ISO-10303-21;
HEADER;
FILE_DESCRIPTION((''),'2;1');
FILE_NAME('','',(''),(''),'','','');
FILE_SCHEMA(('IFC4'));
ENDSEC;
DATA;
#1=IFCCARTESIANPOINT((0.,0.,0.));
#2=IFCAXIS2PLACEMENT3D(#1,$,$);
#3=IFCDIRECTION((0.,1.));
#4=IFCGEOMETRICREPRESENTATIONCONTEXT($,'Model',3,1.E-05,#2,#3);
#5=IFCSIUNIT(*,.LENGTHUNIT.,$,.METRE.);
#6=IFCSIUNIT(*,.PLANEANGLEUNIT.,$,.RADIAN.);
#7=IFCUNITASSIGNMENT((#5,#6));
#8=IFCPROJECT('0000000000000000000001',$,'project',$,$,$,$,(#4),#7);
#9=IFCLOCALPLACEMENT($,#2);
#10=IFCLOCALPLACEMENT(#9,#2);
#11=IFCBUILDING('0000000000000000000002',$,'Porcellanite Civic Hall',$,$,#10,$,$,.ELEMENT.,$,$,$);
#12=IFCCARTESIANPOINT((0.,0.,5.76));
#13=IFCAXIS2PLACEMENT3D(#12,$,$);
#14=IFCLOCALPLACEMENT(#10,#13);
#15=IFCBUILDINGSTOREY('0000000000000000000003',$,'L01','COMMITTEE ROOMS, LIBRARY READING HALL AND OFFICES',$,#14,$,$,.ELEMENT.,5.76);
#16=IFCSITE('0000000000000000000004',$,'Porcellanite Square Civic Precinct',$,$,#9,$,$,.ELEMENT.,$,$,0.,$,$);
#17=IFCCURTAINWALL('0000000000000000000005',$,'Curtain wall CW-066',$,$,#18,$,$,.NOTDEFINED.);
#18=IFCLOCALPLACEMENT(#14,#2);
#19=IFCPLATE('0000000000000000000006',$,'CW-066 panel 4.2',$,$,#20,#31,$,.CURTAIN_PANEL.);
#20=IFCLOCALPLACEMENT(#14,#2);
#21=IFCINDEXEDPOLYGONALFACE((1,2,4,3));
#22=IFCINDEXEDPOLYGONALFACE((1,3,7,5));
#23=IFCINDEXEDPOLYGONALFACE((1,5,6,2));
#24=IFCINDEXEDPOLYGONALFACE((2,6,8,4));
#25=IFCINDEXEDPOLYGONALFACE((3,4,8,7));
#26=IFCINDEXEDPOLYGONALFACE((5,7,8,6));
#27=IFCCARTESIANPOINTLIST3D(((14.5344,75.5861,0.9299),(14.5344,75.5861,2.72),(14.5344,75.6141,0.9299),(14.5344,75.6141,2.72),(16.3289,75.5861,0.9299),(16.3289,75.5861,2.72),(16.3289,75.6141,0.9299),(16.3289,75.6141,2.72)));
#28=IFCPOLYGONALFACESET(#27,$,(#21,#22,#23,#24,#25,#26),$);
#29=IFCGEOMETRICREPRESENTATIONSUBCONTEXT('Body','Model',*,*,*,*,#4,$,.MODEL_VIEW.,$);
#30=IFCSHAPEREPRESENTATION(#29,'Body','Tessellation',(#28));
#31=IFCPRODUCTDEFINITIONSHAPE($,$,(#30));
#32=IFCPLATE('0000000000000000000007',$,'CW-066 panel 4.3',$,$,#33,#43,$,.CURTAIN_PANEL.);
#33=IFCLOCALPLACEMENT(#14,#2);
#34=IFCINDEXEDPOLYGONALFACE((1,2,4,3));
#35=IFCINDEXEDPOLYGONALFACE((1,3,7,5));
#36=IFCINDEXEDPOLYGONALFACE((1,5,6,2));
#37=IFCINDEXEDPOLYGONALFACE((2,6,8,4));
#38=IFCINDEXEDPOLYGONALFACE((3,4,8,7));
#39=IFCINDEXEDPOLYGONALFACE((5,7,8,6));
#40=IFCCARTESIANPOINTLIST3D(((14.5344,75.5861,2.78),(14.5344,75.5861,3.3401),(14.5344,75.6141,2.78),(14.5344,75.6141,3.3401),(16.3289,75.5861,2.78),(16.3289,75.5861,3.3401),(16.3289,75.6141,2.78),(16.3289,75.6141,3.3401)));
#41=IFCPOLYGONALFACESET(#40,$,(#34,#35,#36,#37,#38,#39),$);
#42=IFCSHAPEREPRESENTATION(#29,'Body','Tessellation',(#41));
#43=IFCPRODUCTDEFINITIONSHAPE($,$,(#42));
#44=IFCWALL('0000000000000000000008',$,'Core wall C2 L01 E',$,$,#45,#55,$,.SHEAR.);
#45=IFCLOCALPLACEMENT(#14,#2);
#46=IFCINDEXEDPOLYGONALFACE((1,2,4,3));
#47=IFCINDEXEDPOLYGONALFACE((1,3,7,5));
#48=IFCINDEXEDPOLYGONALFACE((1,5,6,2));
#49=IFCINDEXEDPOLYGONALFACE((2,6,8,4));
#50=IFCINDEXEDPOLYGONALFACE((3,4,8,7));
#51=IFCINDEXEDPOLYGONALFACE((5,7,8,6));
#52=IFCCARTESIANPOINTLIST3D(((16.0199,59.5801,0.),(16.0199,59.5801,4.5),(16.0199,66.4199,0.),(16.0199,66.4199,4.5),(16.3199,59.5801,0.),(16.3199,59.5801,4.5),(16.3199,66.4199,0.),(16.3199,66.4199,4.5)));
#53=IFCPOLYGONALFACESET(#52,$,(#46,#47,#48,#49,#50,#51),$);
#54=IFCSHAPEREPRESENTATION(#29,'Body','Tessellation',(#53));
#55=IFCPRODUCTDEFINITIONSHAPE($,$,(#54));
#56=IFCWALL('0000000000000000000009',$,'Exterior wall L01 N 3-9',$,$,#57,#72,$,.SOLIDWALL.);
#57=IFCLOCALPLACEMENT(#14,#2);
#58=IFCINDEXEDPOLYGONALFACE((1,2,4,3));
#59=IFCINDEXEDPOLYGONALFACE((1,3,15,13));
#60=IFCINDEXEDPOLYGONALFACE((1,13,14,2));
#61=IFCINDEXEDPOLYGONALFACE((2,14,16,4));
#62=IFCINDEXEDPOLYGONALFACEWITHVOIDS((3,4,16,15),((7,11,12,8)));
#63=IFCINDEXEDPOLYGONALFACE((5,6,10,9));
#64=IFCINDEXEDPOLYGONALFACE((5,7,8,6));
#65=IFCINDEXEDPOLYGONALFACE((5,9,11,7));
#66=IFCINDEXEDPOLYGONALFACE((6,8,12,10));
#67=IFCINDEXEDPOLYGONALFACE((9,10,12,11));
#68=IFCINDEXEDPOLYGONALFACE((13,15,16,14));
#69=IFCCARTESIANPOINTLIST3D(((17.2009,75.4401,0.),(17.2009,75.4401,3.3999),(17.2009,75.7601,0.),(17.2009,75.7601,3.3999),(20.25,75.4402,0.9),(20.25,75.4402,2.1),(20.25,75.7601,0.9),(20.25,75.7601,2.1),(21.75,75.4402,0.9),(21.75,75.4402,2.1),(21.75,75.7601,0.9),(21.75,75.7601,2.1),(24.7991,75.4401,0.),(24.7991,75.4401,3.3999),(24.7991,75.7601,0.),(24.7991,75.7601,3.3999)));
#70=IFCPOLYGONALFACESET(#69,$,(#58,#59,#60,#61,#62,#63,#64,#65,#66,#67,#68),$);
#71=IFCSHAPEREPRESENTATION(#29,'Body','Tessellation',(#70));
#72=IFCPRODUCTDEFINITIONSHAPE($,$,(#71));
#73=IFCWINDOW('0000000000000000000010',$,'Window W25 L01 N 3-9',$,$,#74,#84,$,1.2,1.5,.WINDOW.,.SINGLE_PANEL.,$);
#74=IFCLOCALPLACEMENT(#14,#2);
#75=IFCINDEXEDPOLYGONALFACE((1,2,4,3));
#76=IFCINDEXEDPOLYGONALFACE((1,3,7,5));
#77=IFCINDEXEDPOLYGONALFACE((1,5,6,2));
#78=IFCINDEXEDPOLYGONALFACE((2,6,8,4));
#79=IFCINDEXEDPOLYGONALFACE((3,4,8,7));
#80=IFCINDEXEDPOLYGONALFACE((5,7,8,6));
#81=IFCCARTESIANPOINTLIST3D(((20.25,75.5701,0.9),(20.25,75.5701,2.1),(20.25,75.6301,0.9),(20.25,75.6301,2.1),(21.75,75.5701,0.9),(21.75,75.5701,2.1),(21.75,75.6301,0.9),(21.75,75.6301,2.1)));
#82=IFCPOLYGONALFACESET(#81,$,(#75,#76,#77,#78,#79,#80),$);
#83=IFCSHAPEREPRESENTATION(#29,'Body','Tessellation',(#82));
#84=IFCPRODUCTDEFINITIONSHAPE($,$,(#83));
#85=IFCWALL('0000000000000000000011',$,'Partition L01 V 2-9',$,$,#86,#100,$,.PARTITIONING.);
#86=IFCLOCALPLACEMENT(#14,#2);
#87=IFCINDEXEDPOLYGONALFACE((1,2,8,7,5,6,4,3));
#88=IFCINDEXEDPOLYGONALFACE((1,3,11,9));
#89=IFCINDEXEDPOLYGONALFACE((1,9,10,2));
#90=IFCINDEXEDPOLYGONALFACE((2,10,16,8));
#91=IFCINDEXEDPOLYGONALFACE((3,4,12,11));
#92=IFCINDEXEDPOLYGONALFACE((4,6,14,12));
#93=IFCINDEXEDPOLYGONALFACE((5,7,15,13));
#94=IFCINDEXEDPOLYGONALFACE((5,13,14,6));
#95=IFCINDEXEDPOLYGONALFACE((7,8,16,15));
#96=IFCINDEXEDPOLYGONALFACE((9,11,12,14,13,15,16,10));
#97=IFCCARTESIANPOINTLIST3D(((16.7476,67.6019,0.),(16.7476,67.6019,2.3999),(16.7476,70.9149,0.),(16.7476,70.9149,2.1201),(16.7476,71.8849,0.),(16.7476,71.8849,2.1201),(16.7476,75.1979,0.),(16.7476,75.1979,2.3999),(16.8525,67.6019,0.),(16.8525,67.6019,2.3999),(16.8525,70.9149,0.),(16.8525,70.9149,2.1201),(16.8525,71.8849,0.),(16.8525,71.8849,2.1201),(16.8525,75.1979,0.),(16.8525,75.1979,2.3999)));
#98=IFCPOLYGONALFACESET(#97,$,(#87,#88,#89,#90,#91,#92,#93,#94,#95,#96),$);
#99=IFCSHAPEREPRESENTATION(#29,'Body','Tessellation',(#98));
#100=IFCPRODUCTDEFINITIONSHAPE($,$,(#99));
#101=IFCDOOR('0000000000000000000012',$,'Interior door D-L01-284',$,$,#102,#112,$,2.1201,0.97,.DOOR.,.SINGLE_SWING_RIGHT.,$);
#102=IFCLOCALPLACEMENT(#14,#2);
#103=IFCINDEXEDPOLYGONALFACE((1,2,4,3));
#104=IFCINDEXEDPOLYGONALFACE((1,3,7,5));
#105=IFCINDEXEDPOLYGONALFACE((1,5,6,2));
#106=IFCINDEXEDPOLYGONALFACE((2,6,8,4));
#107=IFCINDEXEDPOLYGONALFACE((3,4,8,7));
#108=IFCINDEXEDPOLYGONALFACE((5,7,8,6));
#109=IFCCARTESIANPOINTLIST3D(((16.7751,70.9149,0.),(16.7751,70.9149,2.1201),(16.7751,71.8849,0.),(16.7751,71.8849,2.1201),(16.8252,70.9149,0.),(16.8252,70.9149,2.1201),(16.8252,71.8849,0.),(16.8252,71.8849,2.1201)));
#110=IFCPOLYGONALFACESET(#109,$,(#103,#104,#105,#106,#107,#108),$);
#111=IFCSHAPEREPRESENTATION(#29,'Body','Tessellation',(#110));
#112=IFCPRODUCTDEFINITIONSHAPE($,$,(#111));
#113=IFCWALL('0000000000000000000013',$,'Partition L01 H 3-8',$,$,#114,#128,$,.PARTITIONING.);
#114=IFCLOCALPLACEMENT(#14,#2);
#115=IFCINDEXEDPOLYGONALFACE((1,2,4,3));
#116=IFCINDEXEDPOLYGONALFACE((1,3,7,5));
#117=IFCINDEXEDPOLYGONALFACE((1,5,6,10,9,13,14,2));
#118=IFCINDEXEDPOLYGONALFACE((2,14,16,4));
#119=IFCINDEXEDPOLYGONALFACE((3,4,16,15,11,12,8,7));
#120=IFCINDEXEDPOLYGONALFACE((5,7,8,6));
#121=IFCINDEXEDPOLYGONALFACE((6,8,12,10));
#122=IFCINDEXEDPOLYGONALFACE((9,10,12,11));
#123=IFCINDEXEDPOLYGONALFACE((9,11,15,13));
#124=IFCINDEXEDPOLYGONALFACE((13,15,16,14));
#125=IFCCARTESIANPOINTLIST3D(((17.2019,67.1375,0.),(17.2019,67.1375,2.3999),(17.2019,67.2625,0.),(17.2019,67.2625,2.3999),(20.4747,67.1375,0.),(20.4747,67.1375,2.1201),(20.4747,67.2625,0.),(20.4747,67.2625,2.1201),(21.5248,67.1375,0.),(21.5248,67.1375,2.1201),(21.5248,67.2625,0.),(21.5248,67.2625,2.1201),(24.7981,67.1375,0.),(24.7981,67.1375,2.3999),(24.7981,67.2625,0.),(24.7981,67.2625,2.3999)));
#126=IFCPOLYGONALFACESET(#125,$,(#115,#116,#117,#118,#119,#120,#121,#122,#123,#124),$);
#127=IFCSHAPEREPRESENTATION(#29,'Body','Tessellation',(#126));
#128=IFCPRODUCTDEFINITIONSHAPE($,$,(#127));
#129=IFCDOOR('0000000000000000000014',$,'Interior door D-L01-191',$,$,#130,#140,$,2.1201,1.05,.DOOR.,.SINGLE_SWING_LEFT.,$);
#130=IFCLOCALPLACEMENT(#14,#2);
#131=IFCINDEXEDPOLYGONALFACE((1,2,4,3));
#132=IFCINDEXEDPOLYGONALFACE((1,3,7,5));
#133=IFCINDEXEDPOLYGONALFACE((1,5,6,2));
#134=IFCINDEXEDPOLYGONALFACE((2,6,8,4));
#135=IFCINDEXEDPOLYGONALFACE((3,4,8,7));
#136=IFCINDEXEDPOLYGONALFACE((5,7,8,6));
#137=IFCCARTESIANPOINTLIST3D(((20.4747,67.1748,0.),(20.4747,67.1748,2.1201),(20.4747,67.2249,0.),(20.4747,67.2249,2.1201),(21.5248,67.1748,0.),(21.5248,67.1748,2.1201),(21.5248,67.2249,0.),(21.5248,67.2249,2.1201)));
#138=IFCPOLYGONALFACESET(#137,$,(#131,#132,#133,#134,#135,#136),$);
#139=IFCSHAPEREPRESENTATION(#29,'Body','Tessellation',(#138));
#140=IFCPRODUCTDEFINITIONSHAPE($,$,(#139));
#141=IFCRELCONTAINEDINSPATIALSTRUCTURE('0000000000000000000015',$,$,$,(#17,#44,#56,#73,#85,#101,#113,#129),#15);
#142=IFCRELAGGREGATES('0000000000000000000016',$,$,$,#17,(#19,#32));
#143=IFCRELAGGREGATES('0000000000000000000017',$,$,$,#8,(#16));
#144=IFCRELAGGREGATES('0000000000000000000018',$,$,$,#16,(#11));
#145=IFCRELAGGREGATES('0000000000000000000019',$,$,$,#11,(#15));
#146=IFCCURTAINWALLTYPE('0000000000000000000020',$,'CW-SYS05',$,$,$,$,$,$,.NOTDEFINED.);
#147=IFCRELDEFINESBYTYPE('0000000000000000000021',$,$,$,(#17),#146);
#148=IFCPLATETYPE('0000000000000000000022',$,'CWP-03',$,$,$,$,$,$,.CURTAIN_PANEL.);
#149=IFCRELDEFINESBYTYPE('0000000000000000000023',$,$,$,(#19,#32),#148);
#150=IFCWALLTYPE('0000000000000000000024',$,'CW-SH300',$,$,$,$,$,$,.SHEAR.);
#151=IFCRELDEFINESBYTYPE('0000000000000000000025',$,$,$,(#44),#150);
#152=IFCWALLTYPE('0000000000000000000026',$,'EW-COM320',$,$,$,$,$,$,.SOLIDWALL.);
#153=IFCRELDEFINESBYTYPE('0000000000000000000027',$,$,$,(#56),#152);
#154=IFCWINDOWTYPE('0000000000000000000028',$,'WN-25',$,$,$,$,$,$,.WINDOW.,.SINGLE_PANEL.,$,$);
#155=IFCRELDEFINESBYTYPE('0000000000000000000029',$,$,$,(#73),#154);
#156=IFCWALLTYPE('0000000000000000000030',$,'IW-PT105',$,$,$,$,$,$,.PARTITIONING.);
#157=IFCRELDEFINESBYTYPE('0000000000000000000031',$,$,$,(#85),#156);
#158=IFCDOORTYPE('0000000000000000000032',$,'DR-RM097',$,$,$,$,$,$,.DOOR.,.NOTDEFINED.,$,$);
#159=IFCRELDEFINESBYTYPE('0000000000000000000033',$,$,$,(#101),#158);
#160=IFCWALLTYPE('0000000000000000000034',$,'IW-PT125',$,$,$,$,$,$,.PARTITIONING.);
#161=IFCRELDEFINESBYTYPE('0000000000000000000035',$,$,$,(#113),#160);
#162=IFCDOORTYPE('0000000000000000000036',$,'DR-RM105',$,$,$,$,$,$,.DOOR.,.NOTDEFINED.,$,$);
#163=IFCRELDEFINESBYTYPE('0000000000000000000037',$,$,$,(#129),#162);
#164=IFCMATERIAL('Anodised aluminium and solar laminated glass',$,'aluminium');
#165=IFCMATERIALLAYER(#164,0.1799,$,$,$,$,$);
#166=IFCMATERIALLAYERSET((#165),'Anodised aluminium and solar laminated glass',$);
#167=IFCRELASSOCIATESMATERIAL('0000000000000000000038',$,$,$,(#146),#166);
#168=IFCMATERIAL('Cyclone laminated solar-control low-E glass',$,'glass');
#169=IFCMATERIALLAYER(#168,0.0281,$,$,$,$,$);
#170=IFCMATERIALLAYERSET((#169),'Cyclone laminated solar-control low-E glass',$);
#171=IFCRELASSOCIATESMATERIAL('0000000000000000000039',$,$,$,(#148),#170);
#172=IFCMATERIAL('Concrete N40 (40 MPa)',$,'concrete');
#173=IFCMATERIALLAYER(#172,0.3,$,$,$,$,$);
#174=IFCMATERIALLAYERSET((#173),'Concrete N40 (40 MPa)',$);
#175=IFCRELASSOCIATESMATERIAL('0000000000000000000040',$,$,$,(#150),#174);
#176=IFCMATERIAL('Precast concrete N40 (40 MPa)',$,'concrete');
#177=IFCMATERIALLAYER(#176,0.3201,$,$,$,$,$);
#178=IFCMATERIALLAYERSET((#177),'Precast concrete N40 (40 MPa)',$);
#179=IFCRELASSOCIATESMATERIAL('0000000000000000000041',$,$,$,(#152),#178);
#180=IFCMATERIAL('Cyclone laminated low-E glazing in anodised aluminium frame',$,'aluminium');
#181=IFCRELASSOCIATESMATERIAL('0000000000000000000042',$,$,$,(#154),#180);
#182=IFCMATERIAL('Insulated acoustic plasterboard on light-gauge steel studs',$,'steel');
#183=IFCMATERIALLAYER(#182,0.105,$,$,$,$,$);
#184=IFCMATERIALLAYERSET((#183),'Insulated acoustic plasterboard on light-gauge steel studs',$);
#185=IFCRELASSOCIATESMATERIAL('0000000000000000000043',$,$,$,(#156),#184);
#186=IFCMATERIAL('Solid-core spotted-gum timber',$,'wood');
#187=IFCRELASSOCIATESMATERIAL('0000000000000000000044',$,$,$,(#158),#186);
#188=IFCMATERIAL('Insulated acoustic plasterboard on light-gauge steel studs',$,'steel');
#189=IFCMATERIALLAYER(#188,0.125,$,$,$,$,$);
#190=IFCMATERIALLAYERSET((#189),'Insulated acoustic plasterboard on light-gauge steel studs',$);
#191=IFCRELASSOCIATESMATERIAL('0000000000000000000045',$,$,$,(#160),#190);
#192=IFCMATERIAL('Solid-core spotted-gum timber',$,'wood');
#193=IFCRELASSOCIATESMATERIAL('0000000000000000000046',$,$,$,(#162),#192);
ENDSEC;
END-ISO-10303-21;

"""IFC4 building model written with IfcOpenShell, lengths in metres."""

from ifc_helpers import new_model, si_unit, direction, frame, frame_2d, origin, origin_2d, place, context, subcontext, project, spatial, rectangle, extrude, material, layer, layer_set, type_object, element, fill, aggregate, save


model = new_model("IFC4")

# Units and contexts
model_context = context("Model", 3, precision=1e-05, world=origin(), true_north=direction((0.0, 1.0)))
body_context = subcontext(model_context, "Body", "Model", "MODEL_VIEW")
ifc_project = project(units=[si_unit("LENGTHUNIT", "METRE"), si_unit("PLANEANGLEUNIT", "RADIAN")], contexts=[model_context])

# Site, building, storey
site_placement = place(None, origin())
site = spatial("IfcSite", under=ifc_project, at=site_placement, Name="Porcellanite Square Civic Precinct", CompositionType="ELEMENT", RefElevation=0.0)
building_placement = place(site_placement, origin())
building = spatial("IfcBuilding", under=site, at=building_placement, Name="Porcellanite Civic Hall", CompositionType="ELEMENT")
storey_placement = place(building_placement, frame((0.0, 0.0, 5.76)))
storey = spatial("IfcBuildingStorey", under=building, at=storey_placement, Name="L01", Description="COMMITTEE ROOMS, LIBRARY READING HALL AND OFFICES", CompositionType="ELEMENT", Elevation=5.76)

# Curtain wall
ifc_material_1 = material(Name="Anodised aluminium and solar laminated glass", Category="aluminium")
ifc_layer_1 = layer(ifc_material_1, 0.1799)
ifc_layer_set_1 = layer_set([ifc_layer_1], Name="Anodised aluminium and solar laminated glass")
curtain_wall_type = type_object("IfcCurtainWallType", Name="CW-SYS05", PredefinedType="NOTDEFINED", material=ifc_layer_set_1)
curtain_wall_placement = place(storey_placement, origin())
curtain_wall = element("IfcCurtainWall", 1, at=curtain_wall_placement, inside=storey, type_object=curtain_wall_type, Name="Curtain wall CW-066", PredefinedType="NOTDEFINED")

# Plates
ifc_material_2 = material(Name="Cyclone laminated solar-control low-E glass", Category="glass")
ifc_layer_2 = layer(ifc_material_2, 0.0281)
ifc_layer_set_2 = layer_set([ifc_layer_2], Name="Cyclone laminated solar-control low-E glass")
plate_type = type_object("IfcPlateType", Name="CWP-03", PredefinedType="CURTAIN_PANEL", material=ifc_layer_set_2)
plate_1_placement = place(storey_placement, frame((15.4316, 75.6001, 0.9299), z_axis=(0.0, 0.0, 1.0), x_axis=(1.0, 0.0, 0.0)))
plate_1 = element("IfcPlate", 2, at=plate_1_placement, type_object=plate_type, Name="CW-066 panel 4.2", PredefinedType="CURTAIN_PANEL", context=body_context, shape_type="SweptSolid", body=[
    extrude(rectangle(XDim=1.7944, YDim=0.0281, at=origin_2d()), origin(), (0.0, 0.0, 1.0), 1.79),
])
plate_2_placement = place(storey_placement, frame((15.4316, 75.6001, 2.78), z_axis=(0.0, 0.0, 1.0), x_axis=(1.0, 0.0, 0.0)))
plate_2 = element("IfcPlate", 3, at=plate_2_placement, type_object=plate_type, Name="CW-066 panel 4.3", PredefinedType="CURTAIN_PANEL", context=body_context, shape_type="SweptSolid", body=[
    extrude(rectangle(XDim=1.7944, YDim=0.0281, at=origin_2d()), origin(), (0.0, 0.0, 1.0), 0.5601),
])
aggregate(curtain_wall, [plate_1, plate_2])

# Wall
ifc_material_3 = material(Name="Concrete N40 (40 MPa)", Category="concrete")
ifc_layer_3 = layer(ifc_material_3, 0.3)
ifc_layer_set_3 = layer_set([ifc_layer_3], Name="Concrete N40 (40 MPa)")
wall_type_1 = type_object("IfcWallType", Name="CW-SH300", PredefinedType="SHEAR", material=ifc_layer_set_3)
wall_1_placement = place(storey_placement, frame((16.1699, 66.4199, 0.0), z_axis=(0.0, 0.0, 1.0), x_axis=(0.0, -1.0, 0.0)))
element("IfcWall", 4, at=wall_1_placement, inside=storey, type_object=wall_type_1, Name="Core wall C2 L01 E", PredefinedType="SHEAR", context=body_context, shape_type="SweptSolid", body=[
    extrude(rectangle(XDim=6.8398, YDim=0.3, at=frame_2d((3.4199, 0.0))), origin(), (0.0, 0.0, 1.0), 4.5),
])

# Wall, opening, window
ifc_material_4 = material(Name="Precast concrete N40 (40 MPa)", Category="concrete")
ifc_layer_4 = layer(ifc_material_4, 0.3201)
ifc_layer_set_4 = layer_set([ifc_layer_4], Name="Precast concrete N40 (40 MPa)")
wall_type_2 = type_object("IfcWallType", Name="EW-COM320", PredefinedType="SOLIDWALL", material=ifc_layer_set_4)
wall_2_placement = place(storey_placement, frame((17.2009, 75.6001, 0.0), z_axis=(0.0, 0.0, 1.0), x_axis=(1.0, 0.0, 0.0)))
wall_2 = element("IfcWall", 5, at=wall_2_placement, inside=storey, type_object=wall_type_2, Name="Exterior wall L01 N 3-9", PredefinedType="SOLIDWALL", context=body_context, shape_type="SweptSolid", body=[
    extrude(rectangle(XDim=7.5981, YDim=0.3201, at=frame_2d((3.7991, 0.0))), origin(), (0.0, 0.0, 1.0), 3.3999),
])
opening_1_placement = place(wall_2_placement, frame((3.0491, 0.0, 0.8999)))
opening_1 = element("IfcOpeningElement", 6, at=opening_1_placement, cuts=wall_2, PredefinedType="OPENING", context=body_context, shape_type="SweptSolid", body=[
    extrude(rectangle(XDim=1.5, YDim=1.2, at=frame_2d((0.75, 0.6001))), frame((0.0, 0.1602, 0.0), z_axis=(0.0, -1.0, 0.0), x_axis=(1.0, 0.0, 0.0)), (0.0, 0.0, 1.0), 0.3201),
])
ifc_material_5 = material(Name="Cyclone laminated low-E glazing in anodised aluminium frame", Category="aluminium")
window_type = type_object("IfcWindowType", Name="WN-25", PartitioningType="SINGLE_PANEL", PredefinedType="WINDOW", material=ifc_material_5)
window_placement = place(opening_1_placement, origin())
window = element("IfcWindow", 7, at=window_placement, inside=storey, type_object=window_type, Name="Window W25 L01 N 3-9", OverallHeight=1.2, OverallWidth=1.5, PartitioningType="SINGLE_PANEL", PredefinedType="WINDOW", context=body_context, shape_type="SweptSolid", body=[
    extrude(rectangle(XDim=1.5, YDim=1.2, at=frame_2d((0.75, 0.6001))), frame((0.0, 0.03, 0.0), z_axis=(0.0, -1.0, 0.0), x_axis=(1.0, 0.0, 0.0)), (0.0, 0.0, 1.0), 0.0601),
])
fill(opening_1, window)

# Walls, openings, doors
ifc_material_6 = material(Name="Insulated acoustic plasterboard on light-gauge steel studs", Category="steel")
ifc_layer_5 = layer(ifc_material_6, 0.105)
ifc_layer_set_5 = layer_set([ifc_layer_5], Name="Insulated acoustic plasterboard on light-gauge steel studs")
wall_type_3 = type_object("IfcWallType", Name="IW-PT105", PredefinedType="PARTITIONING", material=ifc_layer_set_5)
wall_3_placement = place(storey_placement, frame((16.8, 67.6021, 0.0), z_axis=(0.0, 0.0, 1.0), x_axis=(0.0, 1.0, 0.0)))
wall_3 = element("IfcWall", 8, at=wall_3_placement, inside=storey, type_object=wall_type_3, Name="Partition L01 V 2-9", PredefinedType="PARTITIONING", context=body_context, shape_type="SweptSolid", body=[
    extrude(rectangle(XDim=7.5959, YDim=0.105, at=frame_2d((3.7979, 0.0))), origin(), (0.0, 0.0, 1.0), 2.3999),
])
opening_2_placement = place(wall_3_placement, frame((3.313, 0.0, 0.0)))
opening_2 = element("IfcOpeningElement", 9, at=opening_2_placement, cuts=wall_3, PredefinedType="OPENING", context=body_context, shape_type="SweptSolid", body=[
    extrude(rectangle(XDim=0.97, YDim=2.1201, at=frame_2d((0.4849, 1.0601))), frame((0.0, 0.0525, 0.0), z_axis=(0.0, -1.0, 0.0), x_axis=(1.0, 0.0, 0.0)), (0.0, 0.0, 1.0), 0.105),
])
ifc_material_7 = material(Name="Solid-core spotted-gum timber", Category="wood")
door_type_1 = type_object("IfcDoorType", Name="DR-RM097", OperationType="NOTDEFINED", PredefinedType="DOOR", material=ifc_material_7)
door_1_placement = place(opening_2_placement, origin())
door_1 = element("IfcDoor", 10, at=door_1_placement, inside=storey, type_object=door_type_1, Name="Interior door D-L01-284", OperationType="SINGLE_SWING_RIGHT", OverallHeight=2.1201, OverallWidth=0.97, PredefinedType="DOOR", context=body_context, shape_type="SweptSolid", body=[
    extrude(rectangle(XDim=0.97, YDim=2.1201, at=frame_2d((0.4849, 1.0601))), frame((0.0, 0.0249, 0.0), z_axis=(0.0, -1.0, 0.0), x_axis=(1.0, 0.0, 0.0)), (0.0, 0.0, 1.0), 0.05),
])
fill(opening_2, door_1)
ifc_material_8 = material(Name="Insulated acoustic plasterboard on light-gauge steel studs", Category="steel")
ifc_layer_6 = layer(ifc_material_8, 0.125)
ifc_layer_set_6 = layer_set([ifc_layer_6], Name="Insulated acoustic plasterboard on light-gauge steel studs")
wall_type_4 = type_object("IfcWallType", Name="IW-PT125", PredefinedType="PARTITIONING", material=ifc_layer_set_6)
wall_4_placement = place(storey_placement, frame((17.2019, 67.2, 0.0), z_axis=(0.0, 0.0, 1.0), x_axis=(1.0, 0.0, 0.0)))
wall_4 = element("IfcWall", 11, at=wall_4_placement, inside=storey, type_object=wall_type_4, Name="Partition L01 H 3-8", PredefinedType="PARTITIONING", context=body_context, shape_type="SweptSolid", body=[
    extrude(rectangle(XDim=7.5962, YDim=0.125, at=frame_2d((3.7981, 0.0))), origin(), (0.0, 0.0, 1.0), 2.3999),
])
opening_3_placement = place(wall_4_placement, frame((3.2729, 0.0, 0.0)))
opening_3 = element("IfcOpeningElement", 12, at=opening_3_placement, cuts=wall_4, PredefinedType="OPENING", context=body_context, shape_type="SweptSolid", body=[
    extrude(rectangle(XDim=1.05, YDim=2.1201, at=frame_2d((0.5249, 1.0601))), frame((0.0, 0.0625, 0.0), z_axis=(0.0, -1.0, 0.0), x_axis=(1.0, 0.0, 0.0)), (0.0, 0.0, 1.0), 0.125),
])
ifc_material_9 = material(Name="Solid-core spotted-gum timber", Category="wood")
door_type_2 = type_object("IfcDoorType", Name="DR-RM105", OperationType="NOTDEFINED", PredefinedType="DOOR", material=ifc_material_9)
door_2_placement = place(opening_3_placement, origin())
door_2 = element("IfcDoor", 13, at=door_2_placement, inside=storey, type_object=door_type_2, Name="Interior door D-L01-191", OperationType="SINGLE_SWING_LEFT", OverallHeight=2.1201, OverallWidth=1.05, PredefinedType="DOOR", context=body_context, shape_type="SweptSolid", body=[
    extrude(rectangle(XDim=1.05, YDim=2.1201, at=frame_2d((0.5249, 1.0601))), frame((0.0, 0.0249, 0.0), z_axis=(0.0, -1.0, 0.0), x_axis=(1.0, 0.0, 0.0)), (0.0, 0.0, 1.0), 0.05),
])
fill(opening_3, door_2)

save(model, "model.ifc")
